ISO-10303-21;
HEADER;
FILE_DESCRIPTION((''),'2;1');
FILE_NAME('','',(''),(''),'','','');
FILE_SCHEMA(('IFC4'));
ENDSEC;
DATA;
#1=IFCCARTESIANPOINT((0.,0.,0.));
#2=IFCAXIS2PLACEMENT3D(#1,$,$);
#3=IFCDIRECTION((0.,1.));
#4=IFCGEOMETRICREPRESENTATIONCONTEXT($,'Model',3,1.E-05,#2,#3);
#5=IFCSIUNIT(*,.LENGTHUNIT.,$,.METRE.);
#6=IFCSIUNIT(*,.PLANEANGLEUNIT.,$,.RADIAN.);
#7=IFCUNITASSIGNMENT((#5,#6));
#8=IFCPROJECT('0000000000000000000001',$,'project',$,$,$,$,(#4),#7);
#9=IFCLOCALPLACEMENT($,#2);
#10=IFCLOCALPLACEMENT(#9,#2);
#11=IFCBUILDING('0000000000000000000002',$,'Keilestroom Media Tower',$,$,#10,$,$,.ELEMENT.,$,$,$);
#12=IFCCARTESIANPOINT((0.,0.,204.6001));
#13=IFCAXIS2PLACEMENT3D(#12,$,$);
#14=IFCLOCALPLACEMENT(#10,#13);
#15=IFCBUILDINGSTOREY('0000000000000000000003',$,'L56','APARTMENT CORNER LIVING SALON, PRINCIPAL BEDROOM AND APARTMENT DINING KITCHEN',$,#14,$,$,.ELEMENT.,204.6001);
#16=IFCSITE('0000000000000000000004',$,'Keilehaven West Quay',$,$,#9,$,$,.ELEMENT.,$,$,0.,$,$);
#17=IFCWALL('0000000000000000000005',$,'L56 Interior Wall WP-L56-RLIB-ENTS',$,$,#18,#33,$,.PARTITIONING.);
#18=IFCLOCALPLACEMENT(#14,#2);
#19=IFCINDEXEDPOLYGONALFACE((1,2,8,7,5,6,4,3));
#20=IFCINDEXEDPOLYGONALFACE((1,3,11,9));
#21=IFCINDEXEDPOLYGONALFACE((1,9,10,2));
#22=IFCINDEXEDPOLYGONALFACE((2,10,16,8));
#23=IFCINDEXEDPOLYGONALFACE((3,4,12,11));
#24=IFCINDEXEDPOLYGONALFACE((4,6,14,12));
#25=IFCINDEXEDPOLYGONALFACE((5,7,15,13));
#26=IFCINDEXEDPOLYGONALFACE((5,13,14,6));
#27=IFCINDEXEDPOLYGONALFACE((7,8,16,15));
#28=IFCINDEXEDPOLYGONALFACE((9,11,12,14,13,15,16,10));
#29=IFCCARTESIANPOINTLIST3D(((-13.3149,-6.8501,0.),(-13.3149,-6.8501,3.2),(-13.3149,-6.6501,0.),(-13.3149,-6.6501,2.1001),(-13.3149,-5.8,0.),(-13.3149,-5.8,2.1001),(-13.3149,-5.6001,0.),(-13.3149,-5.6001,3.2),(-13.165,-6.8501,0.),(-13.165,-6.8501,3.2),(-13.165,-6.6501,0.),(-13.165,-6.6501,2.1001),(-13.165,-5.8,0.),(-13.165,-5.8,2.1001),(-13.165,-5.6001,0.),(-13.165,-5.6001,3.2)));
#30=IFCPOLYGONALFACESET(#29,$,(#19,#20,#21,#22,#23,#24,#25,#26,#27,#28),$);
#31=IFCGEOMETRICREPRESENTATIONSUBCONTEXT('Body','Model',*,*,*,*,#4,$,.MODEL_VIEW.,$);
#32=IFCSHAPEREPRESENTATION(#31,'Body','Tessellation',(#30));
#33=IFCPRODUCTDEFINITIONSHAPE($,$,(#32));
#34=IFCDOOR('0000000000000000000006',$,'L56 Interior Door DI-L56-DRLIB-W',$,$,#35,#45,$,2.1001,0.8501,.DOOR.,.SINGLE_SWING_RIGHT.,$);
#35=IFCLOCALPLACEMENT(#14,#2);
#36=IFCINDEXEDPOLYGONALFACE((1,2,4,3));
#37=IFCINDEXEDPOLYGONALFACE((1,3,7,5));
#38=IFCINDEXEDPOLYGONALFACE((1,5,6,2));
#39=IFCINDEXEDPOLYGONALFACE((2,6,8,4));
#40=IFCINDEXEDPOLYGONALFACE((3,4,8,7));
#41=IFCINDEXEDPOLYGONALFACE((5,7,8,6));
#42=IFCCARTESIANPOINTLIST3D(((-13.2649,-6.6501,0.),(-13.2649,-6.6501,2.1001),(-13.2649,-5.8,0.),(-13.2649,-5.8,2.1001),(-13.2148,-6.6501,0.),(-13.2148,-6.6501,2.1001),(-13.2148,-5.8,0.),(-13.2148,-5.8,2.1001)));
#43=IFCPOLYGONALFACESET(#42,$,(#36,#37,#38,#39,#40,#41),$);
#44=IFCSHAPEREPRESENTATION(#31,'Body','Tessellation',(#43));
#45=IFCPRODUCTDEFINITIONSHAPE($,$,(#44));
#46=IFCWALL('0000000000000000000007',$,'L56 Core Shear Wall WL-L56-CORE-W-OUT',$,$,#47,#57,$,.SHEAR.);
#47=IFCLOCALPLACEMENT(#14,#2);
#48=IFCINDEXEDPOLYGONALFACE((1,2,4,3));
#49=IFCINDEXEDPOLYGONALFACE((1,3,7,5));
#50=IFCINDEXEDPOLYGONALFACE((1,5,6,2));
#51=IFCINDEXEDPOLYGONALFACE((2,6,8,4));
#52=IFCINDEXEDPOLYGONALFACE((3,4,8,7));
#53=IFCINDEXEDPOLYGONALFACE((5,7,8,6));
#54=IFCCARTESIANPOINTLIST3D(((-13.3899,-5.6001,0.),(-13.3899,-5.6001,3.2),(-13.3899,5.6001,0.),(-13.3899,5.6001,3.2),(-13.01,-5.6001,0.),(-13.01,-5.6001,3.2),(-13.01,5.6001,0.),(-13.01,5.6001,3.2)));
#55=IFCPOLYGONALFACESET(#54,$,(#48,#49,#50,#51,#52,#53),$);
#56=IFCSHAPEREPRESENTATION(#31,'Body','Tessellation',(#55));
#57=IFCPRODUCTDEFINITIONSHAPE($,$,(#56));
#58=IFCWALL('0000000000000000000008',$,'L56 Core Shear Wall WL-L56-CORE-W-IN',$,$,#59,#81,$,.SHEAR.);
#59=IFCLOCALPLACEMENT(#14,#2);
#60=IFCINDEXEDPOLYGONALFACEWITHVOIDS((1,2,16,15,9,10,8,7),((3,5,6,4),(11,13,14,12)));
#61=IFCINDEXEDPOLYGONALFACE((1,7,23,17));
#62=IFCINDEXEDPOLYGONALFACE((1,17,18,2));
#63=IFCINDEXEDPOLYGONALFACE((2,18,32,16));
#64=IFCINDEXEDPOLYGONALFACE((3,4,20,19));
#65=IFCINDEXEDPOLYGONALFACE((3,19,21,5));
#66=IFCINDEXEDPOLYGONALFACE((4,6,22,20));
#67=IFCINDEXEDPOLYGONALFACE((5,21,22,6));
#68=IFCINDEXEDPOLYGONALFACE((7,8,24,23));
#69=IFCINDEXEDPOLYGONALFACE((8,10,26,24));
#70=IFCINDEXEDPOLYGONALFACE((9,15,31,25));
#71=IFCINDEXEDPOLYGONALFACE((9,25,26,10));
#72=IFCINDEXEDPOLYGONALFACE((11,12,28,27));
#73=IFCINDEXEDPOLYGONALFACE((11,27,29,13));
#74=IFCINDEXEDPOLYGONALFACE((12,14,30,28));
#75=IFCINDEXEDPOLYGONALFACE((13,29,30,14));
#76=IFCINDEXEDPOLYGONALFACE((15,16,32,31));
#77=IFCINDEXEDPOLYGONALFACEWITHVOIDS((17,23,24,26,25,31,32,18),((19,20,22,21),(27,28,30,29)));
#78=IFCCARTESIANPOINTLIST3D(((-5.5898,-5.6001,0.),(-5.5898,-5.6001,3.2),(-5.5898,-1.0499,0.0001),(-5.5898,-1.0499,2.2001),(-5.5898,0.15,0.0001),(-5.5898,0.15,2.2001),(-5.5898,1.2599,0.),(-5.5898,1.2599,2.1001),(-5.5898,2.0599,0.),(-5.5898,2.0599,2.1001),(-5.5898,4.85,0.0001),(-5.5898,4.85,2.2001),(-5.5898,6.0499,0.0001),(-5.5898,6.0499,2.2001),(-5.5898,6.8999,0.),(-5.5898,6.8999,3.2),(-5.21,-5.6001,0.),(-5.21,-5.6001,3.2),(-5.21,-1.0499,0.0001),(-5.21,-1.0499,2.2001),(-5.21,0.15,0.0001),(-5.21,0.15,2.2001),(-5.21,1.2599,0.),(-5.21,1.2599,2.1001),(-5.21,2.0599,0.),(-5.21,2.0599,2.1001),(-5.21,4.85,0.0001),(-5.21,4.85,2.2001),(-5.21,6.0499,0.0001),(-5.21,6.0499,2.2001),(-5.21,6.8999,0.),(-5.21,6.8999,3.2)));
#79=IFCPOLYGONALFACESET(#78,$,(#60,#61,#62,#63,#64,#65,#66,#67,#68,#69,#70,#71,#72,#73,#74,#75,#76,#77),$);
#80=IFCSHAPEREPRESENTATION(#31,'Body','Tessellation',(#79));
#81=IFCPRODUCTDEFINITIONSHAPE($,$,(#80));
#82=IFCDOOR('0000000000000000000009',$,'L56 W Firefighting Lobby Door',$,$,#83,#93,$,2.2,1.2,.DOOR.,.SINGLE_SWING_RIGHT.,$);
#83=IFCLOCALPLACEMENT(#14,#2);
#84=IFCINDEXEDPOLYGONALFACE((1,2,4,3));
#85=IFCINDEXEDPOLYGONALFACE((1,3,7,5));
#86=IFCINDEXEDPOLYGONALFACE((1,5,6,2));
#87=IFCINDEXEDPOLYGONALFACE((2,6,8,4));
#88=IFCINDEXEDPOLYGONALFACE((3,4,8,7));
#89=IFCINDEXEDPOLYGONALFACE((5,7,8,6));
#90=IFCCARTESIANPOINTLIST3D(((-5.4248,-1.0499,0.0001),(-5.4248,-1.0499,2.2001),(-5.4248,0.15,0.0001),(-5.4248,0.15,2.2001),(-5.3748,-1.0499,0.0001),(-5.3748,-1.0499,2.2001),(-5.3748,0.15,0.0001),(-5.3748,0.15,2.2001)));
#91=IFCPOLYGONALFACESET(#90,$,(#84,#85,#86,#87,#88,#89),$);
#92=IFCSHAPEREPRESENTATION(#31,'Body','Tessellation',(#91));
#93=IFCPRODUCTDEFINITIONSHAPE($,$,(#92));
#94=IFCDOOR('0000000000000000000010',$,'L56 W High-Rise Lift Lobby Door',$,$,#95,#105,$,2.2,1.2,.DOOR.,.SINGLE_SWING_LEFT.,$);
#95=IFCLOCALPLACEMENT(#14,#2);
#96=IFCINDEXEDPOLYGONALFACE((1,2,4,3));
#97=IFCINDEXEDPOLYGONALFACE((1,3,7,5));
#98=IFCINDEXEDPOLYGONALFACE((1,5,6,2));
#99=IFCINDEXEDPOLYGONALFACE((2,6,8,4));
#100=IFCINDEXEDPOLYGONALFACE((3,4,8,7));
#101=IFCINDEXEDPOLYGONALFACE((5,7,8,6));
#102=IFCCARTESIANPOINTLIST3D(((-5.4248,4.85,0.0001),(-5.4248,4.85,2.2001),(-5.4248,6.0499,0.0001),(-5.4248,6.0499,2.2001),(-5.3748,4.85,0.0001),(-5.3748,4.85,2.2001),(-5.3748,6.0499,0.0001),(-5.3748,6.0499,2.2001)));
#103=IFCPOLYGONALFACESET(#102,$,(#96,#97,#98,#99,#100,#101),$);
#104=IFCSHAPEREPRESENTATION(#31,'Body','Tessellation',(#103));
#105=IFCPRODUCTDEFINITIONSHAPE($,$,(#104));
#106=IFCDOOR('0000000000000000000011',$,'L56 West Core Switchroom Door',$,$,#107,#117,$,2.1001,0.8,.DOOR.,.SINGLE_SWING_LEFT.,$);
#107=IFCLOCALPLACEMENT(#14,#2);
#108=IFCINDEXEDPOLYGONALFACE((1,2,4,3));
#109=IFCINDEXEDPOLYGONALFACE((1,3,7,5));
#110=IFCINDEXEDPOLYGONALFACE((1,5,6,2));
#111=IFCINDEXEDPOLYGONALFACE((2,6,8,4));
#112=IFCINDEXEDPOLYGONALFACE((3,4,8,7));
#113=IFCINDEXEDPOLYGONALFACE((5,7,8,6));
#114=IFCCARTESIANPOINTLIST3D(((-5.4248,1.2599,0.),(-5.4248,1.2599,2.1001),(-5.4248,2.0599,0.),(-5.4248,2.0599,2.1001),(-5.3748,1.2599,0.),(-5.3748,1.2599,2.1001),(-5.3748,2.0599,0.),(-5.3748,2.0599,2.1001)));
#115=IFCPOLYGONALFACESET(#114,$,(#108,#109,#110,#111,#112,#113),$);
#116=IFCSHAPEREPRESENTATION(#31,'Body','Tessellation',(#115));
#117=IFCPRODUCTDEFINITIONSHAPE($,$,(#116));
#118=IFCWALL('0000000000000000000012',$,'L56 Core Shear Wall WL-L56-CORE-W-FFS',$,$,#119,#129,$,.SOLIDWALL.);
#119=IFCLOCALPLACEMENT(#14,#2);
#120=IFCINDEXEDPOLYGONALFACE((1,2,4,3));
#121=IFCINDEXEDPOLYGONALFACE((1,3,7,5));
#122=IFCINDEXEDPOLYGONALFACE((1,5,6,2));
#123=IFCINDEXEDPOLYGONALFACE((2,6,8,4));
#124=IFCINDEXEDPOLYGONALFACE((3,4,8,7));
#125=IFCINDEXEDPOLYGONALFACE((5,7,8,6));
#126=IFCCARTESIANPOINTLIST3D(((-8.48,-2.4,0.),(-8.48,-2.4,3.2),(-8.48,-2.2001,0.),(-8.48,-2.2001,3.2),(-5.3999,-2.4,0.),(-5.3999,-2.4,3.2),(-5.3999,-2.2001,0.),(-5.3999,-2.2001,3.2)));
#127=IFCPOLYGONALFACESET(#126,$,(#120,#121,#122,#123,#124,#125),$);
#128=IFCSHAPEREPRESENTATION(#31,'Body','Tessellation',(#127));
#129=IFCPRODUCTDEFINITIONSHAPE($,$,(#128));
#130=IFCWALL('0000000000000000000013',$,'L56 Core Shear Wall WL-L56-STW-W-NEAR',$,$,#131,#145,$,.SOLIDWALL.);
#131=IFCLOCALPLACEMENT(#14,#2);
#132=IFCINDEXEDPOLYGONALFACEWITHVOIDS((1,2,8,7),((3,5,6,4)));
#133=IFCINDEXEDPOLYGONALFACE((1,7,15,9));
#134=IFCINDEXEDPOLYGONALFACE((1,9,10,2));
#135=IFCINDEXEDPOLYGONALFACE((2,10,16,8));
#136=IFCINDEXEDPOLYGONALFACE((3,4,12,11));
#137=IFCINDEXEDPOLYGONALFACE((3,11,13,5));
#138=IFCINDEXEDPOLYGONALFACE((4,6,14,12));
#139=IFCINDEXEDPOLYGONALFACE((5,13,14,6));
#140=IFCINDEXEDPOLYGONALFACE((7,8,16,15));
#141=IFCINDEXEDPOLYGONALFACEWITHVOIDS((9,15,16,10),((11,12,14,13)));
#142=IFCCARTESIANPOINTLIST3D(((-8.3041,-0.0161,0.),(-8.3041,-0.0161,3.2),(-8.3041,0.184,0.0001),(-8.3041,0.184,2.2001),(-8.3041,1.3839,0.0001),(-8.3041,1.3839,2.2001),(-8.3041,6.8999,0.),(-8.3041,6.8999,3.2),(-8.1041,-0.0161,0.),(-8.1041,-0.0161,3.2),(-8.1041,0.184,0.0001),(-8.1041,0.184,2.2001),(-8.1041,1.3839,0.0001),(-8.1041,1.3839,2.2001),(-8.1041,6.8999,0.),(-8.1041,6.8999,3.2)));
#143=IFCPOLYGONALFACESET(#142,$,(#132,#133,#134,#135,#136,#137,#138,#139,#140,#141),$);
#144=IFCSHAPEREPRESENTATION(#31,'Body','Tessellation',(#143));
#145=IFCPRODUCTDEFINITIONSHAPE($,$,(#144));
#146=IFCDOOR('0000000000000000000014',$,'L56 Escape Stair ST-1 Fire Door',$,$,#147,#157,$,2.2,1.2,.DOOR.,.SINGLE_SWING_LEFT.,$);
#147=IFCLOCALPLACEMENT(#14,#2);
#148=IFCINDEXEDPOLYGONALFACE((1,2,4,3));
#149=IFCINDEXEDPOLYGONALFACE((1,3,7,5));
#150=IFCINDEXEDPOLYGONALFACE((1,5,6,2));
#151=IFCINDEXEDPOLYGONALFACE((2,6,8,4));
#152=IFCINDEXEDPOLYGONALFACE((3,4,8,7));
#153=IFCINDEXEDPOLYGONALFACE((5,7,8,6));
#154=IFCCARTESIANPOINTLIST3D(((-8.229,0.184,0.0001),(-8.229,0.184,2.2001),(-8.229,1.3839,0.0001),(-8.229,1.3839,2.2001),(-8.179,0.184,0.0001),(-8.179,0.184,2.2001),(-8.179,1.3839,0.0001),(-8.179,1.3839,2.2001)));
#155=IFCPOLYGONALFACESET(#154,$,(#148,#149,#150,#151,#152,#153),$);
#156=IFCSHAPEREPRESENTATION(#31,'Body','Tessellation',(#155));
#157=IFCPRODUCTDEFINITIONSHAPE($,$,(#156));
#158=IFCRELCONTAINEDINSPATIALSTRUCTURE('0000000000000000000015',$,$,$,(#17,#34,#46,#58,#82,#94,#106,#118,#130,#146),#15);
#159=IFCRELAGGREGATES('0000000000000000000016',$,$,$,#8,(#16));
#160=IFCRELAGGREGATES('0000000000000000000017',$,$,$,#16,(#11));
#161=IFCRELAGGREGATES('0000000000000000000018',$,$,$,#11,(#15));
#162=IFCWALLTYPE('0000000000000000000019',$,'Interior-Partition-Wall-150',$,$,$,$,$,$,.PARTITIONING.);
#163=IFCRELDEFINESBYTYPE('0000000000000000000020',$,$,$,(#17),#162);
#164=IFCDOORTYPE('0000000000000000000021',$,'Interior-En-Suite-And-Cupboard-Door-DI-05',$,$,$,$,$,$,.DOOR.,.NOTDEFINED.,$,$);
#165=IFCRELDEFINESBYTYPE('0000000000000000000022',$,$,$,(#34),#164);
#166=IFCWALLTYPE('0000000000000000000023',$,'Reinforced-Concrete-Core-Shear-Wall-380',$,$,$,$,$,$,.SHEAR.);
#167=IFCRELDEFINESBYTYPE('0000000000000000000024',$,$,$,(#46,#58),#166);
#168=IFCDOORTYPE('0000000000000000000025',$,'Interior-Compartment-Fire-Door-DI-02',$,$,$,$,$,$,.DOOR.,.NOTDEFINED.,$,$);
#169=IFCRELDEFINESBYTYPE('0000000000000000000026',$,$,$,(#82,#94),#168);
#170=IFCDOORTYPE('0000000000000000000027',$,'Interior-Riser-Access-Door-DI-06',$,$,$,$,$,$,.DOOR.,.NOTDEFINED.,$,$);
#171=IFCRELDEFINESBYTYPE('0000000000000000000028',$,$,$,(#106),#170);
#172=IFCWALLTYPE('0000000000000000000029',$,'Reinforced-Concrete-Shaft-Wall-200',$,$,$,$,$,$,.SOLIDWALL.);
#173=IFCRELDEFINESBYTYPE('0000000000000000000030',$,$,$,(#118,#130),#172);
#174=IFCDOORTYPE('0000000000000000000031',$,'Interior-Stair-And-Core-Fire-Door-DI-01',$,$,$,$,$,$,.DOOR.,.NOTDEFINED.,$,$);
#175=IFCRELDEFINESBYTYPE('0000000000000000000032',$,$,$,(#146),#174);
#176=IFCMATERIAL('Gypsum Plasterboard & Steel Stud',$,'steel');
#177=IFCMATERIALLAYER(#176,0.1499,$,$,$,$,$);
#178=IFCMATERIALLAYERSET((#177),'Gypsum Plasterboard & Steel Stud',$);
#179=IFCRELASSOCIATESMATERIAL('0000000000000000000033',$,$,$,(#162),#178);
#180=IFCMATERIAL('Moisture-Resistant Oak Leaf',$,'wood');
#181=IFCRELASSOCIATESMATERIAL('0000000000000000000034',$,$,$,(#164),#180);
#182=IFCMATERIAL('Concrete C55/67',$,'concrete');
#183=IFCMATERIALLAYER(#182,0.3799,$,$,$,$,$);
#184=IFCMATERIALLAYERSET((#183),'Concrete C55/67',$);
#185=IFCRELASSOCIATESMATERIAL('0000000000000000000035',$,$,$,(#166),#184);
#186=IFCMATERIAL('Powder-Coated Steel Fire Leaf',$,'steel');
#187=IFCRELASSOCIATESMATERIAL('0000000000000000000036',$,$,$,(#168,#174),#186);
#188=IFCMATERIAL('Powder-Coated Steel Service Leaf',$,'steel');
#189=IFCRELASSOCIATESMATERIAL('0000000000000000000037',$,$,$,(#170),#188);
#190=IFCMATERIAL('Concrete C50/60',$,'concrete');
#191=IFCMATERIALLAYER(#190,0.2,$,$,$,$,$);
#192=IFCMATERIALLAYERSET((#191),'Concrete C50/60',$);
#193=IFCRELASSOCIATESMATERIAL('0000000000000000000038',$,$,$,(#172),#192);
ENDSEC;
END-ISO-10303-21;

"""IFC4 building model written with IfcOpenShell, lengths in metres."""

from ifc_helpers import new_model, si_unit, direction, frame, frame_2d, origin, place, context, subcontext, project, spatial, rectangle, extrude, source, transform, mapped, material, layer, layer_set, type_object, element, fill, save


model = new_model("IFC4")

# Units and contexts
model_context = context("Model", 3, precision=1e-05, world=origin(), true_north=direction((0.0, 1.0)))
body_context = subcontext(model_context, "Body", "Model", "MODEL_VIEW")
ifc_project = project(units=[si_unit("LENGTHUNIT", "METRE"), si_unit("PLANEANGLEUNIT", "RADIAN")], contexts=[model_context])

# Site, building, storey
site_placement = place(None, origin())
site = spatial("IfcSite", under=ifc_project, at=site_placement, Name="Keilehaven West Quay", CompositionType="ELEMENT", RefElevation=0.0)
building_placement = place(site_placement, origin())
building = spatial("IfcBuilding", under=site, at=building_placement, Name="Keilestroom Media Tower", CompositionType="ELEMENT")
storey_placement = place(building_placement, frame((0.0, 0.0, 204.6001)))
storey = spatial("IfcBuildingStorey", under=building, at=storey_placement, Name="L56", Description="APARTMENT CORNER LIVING SALON, PRINCIPAL BEDROOM AND APARTMENT DINING KITCHEN", CompositionType="ELEMENT", Elevation=204.6001)

# Shared definitions
ifc_material_1 = material(Name="Gypsum Plasterboard & Steel Stud", Category="steel")
ifc_layer_1 = layer(ifc_material_1, 0.1499)
ifc_layer_set_1 = layer_set([ifc_layer_1], Name="Gypsum Plasterboard & Steel Stud")
wall_type_1 = type_object("IfcWallType", Name="Interior-Partition-Wall-150", PredefinedType="PARTITIONING", material=ifc_layer_set_1)

# Wall, opening, door
wall_1_placement = place(storey_placement, frame((-13.24, -6.8501, 0.0), z_axis=(0.0, 0.0, 1.0), x_axis=(0.0, 1.0, 0.0)))
wall_1 = element("IfcWall", 1, at=wall_1_placement, inside=storey, type_object=wall_type_1, Name="L56 Interior Wall WP-L56-RLIB-ENTS", PredefinedType="PARTITIONING", context=body_context, shape_type="SweptSolid", body=[
    extrude(rectangle(XDim=1.25, YDim=0.1499, at=frame_2d((0.625, 0.0))), origin(), (0.0, 0.0, 1.0), 3.2),
])
opening_1_placement = place(wall_1_placement, frame((0.2, 0.0, 0.0)))
opening_1 = element("IfcOpeningElement", 2, at=opening_1_placement, cuts=wall_1, PredefinedType="OPENING", context=body_context, shape_type="SweptSolid", body=[
    extrude(rectangle(XDim=0.8501, YDim=2.1001, at=frame_2d((0.425, 1.05))), frame((0.0, 0.085, 0.0), z_axis=(0.0, -1.0, 0.0), x_axis=(1.0, 0.0, 0.0)), (0.0, 0.0, 1.0), 0.1699),
])
ifc_material_2 = material(Name="Moisture-Resistant Oak Leaf", Category="wood")
door_type_1 = type_object("IfcDoorType", Name="Interior-En-Suite-And-Cupboard-Door-DI-05", OperationType="NOTDEFINED", PredefinedType="DOOR", material=ifc_material_2)
shared_shape_1 = source(origin(), body_context, "Body", "SweptSolid", [
    extrude(rectangle(XDim=0.8501, YDim=2.1001, at=frame_2d((0.425, 1.05))), frame((0.0, 0.0249, 0.0), z_axis=(0.0, -1.0, 0.0), x_axis=(1.0, 0.0, 0.0)), (0.0, 0.0, 1.0), 0.05),
])
door_1_placement = place(opening_1_placement, origin())
door_1 = element("IfcDoor", 3, at=door_1_placement, inside=storey, type_object=door_type_1, Name="L56 Interior Door DI-L56-DRLIB-W", OperationType="SINGLE_SWING_RIGHT", OverallHeight=2.1001, OverallWidth=0.8501, PredefinedType="DOOR", context=body_context, shape_type="MappedRepresentation", body=[
    mapped(shared_shape_1, transform((0.0, 0.0, 0.0), x_axis=(1.0, 0.0, 0.0), y_axis=(0.0, 1.0, 0.0), z_axis=(0.0, 0.0, 1.0), scale=1.0)),
])
fill(opening_1, door_1)

# Wall
ifc_material_3 = material(Name="Concrete C55/67", Category="concrete")
ifc_layer_2 = layer(ifc_material_3, 0.3799)
ifc_layer_set_2 = layer_set([ifc_layer_2], Name="Concrete C55/67")
wall_type_2 = type_object("IfcWallType", Name="Reinforced-Concrete-Core-Shear-Wall-380", PredefinedType="SHEAR", material=ifc_layer_set_2)
wall_2_placement = place(storey_placement, frame((-13.2, -5.6001, 0.0), z_axis=(0.0, 0.0, 1.0), x_axis=(0.0, 1.0, 0.0)))
element("IfcWall", 4, at=wall_2_placement, inside=storey, type_object=wall_type_2, Name="L56 Core Shear Wall WL-L56-CORE-W-OUT", PredefinedType="SHEAR", context=body_context, shape_type="SweptSolid", body=[
    extrude(rectangle(XDim=11.2002, YDim=0.3799, at=frame_2d((5.6001, 0.0))), origin(), (0.0, 0.0, 1.0), 3.2),
])

# Wall, openings, doors
wall_3_placement = place(storey_placement, frame((-5.3999, -5.6001, 0.0), z_axis=(0.0, 0.0, 1.0), x_axis=(0.0, 1.0, 0.0)))
wall_3 = element("IfcWall", 5, at=wall_3_placement, inside=storey, type_object=wall_type_2, Name="L56 Core Shear Wall WL-L56-CORE-W-IN", PredefinedType="SHEAR", context=body_context, shape_type="SweptSolid", body=[
    extrude(rectangle(XDim=12.5, YDim=0.3799, at=frame_2d((6.25, 0.0))), origin(), (0.0, 0.0, 1.0), 3.2),
])
opening_2_placement = place(wall_3_placement, frame((4.55, 0.0, 0.0)))
opening_2 = element("IfcOpeningElement", 6, at=opening_2_placement, cuts=wall_3, PredefinedType="OPENING", context=body_context, shape_type="SweptSolid", body=[
    extrude(rectangle(XDim=1.2, YDim=2.2, at=frame_2d((0.6001, 1.1001))), frame((0.0, 0.2, 0.0), z_axis=(0.0, -1.0, 0.0), x_axis=(1.0, 0.0, 0.0)), (0.0, 0.0, 1.0), 0.3999),
])
opening_3_placement = place(wall_3_placement, frame((10.45, 0.0, 0.0)))
opening_3 = element("IfcOpeningElement", 7, at=opening_3_placement, cuts=wall_3, PredefinedType="OPENING", context=body_context, shape_type="SweptSolid", body=[
    extrude(rectangle(XDim=1.2, YDim=2.2, at=frame_2d((0.6001, 1.1001))), frame((0.0, 0.2, 0.0), z_axis=(0.0, -1.0, 0.0), x_axis=(1.0, 0.0, 0.0)), (0.0, 0.0, 1.0), 0.3999),
])
opening_4_placement = place(wall_3_placement, frame((6.8601, 0.0, 0.0)))
opening_4 = element("IfcOpeningElement", 8, at=opening_4_placement, cuts=wall_3, PredefinedType="OPENING", context=body_context, shape_type="SweptSolid", body=[
    extrude(rectangle(XDim=0.8, YDim=2.1001, at=frame_2d((0.3999, 1.05))), frame((0.0, 0.2, 0.0), z_axis=(0.0, -1.0, 0.0), x_axis=(1.0, 0.0, 0.0)), (0.0, 0.0, 1.0), 0.3999),
])
ifc_material_4 = material(Name="Powder-Coated Steel Fire Leaf", Category="steel")
door_type_2 = type_object("IfcDoorType", Name="Interior-Compartment-Fire-Door-DI-02", OperationType="NOTDEFINED", PredefinedType="DOOR", material=ifc_material_4)
shared_shape_2 = source(origin(), body_context, "Body", "SweptSolid", [
    extrude(rectangle(XDim=1.2, YDim=2.2, at=frame_2d((0.6001, 1.1001))), frame((0.0, 0.0249, 0.0), z_axis=(0.0, -1.0, 0.0), x_axis=(1.0, 0.0, 0.0)), (0.0, 0.0, 1.0), 0.05),
])
door_2_placement = place(opening_2_placement, origin())
door_2 = element("IfcDoor", 9, at=door_2_placement, inside=storey, type_object=door_type_2, Name="L56 W Firefighting Lobby Door", OperationType="SINGLE_SWING_RIGHT", OverallHeight=2.2, OverallWidth=1.2, PredefinedType="DOOR", context=body_context, shape_type="MappedRepresentation", body=[
    mapped(shared_shape_2, transform((0.0, 0.0, 0.0), x_axis=(1.0, 0.0, 0.0), y_axis=(0.0, 1.0, 0.0), z_axis=(0.0, 0.0, 1.0), scale=1.0)),
])
fill(opening_2, door_2)
door_3_placement = place(opening_3_placement, origin())
door_3 = element("IfcDoor", 10, at=door_3_placement, inside=storey, type_object=door_type_2, Name="L56 W High-Rise Lift Lobby Door", OperationType="SINGLE_SWING_LEFT", OverallHeight=2.2, OverallWidth=1.2, PredefinedType="DOOR", context=body_context, shape_type="MappedRepresentation", body=[
    mapped(shared_shape_2, transform((0.0, 0.0, 0.0), x_axis=(1.0, 0.0, 0.0), y_axis=(0.0, 1.0, 0.0), z_axis=(0.0, 0.0, 1.0), scale=1.0)),
])
fill(opening_3, door_3)
ifc_material_5 = material(Name="Powder-Coated Steel Service Leaf", Category="steel")
door_type_3 = type_object("IfcDoorType", Name="Interior-Riser-Access-Door-DI-06", OperationType="NOTDEFINED", PredefinedType="DOOR", material=ifc_material_5)
shared_shape_3 = source(origin(), body_context, "Body", "SweptSolid", [
    extrude(rectangle(XDim=0.8, YDim=2.1001, at=frame_2d((0.3999, 1.05))), frame((0.0, 0.0249, 0.0), z_axis=(0.0, -1.0, 0.0), x_axis=(1.0, 0.0, 0.0)), (0.0, 0.0, 1.0), 0.05),
])
door_4_placement = place(opening_4_placement, origin())
door_4 = element("IfcDoor", 11, at=door_4_placement, inside=storey, type_object=door_type_3, Name="L56 West Core Switchroom Door", OperationType="SINGLE_SWING_LEFT", OverallHeight=2.1001, OverallWidth=0.8, PredefinedType="DOOR", context=body_context, shape_type="MappedRepresentation", body=[
    mapped(shared_shape_3, transform((0.0, 0.0, 0.0), x_axis=(1.0, 0.0, 0.0), y_axis=(0.0, 1.0, 0.0), z_axis=(0.0, 0.0, 1.0), scale=1.0)),
])
fill(opening_4, door_4)

# Wall
ifc_material_6 = material(Name="Concrete C50/60", Category="concrete")
ifc_layer_3 = layer(ifc_material_6, 0.2)
ifc_layer_set_3 = layer_set([ifc_layer_3], Name="Concrete C50/60")
wall_type_3 = type_object("IfcWallType", Name="Reinforced-Concrete-Shaft-Wall-200", PredefinedType="SOLIDWALL", material=ifc_layer_set_3)
wall_4_placement = place(storey_placement, frame((-8.48, -2.3, 0.0), z_axis=(0.0, 0.0, 1.0), x_axis=(1.0, 0.0, 0.0)))
element("IfcWall", 12, at=wall_4_placement, inside=storey, type_object=wall_type_3, Name="L56 Core Shear Wall WL-L56-CORE-W-FFS", PredefinedType="SOLIDWALL", context=body_context, shape_type="SweptSolid", body=[
    extrude(rectangle(XDim=3.0801, YDim=0.2, at=frame_2d((1.54, 0.0))), origin(), (0.0, 0.0, 1.0), 3.2),
])

# Wall, opening, door
wall_5_placement = place(storey_placement, frame((-8.2041, -0.0161, 0.0), z_axis=(0.0, 0.0, 1.0), x_axis=(0.0, 1.0, 0.0)))
wall_5 = element("IfcWall", 13, at=wall_5_placement, inside=storey, type_object=wall_type_3, Name="L56 Core Shear Wall WL-L56-STW-W-NEAR", PredefinedType="SOLIDWALL", context=body_context, shape_type="SweptSolid", body=[
    extrude(rectangle(XDim=6.916, YDim=0.2, at=frame_2d((3.458, 0.0))), origin(), (0.0, 0.0, 1.0), 3.2),
])
opening_5_placement = place(wall_5_placement, frame((0.2, 0.0, 0.0)))
opening_5 = element("IfcOpeningElement", 14, at=opening_5_placement, cuts=wall_5, PredefinedType="OPENING", context=body_context, shape_type="SweptSolid", body=[
    extrude(rectangle(XDim=1.2, YDim=2.2, at=frame_2d((0.6001, 1.1001))), frame((0.0, 0.1099, 0.0), z_axis=(0.0, -1.0, 0.0), x_axis=(1.0, 0.0, 0.0)), (0.0, 0.0, 1.0), 0.22),
])
door_type_4 = type_object("IfcDoorType", Name="Interior-Stair-And-Core-Fire-Door-DI-01", OperationType="NOTDEFINED", PredefinedType="DOOR", material=ifc_material_4)
door_5_placement = place(opening_5_placement, origin())
door_5 = element("IfcDoor", 15, at=door_5_placement, inside=storey, type_object=door_type_4, Name="L56 Escape Stair ST-1 Fire Door", OperationType="SINGLE_SWING_LEFT", OverallHeight=2.2, OverallWidth=1.2, PredefinedType="DOOR", context=body_context, shape_type="MappedRepresentation", body=[
    mapped(shared_shape_2, transform((0.0, 0.0, 0.0), x_axis=(1.0, 0.0, 0.0), y_axis=(0.0, 1.0, 0.0), z_axis=(0.0, 0.0, 1.0), scale=1.0)),
])
fill(opening_5, door_5)

save(model, "model.ifc")
